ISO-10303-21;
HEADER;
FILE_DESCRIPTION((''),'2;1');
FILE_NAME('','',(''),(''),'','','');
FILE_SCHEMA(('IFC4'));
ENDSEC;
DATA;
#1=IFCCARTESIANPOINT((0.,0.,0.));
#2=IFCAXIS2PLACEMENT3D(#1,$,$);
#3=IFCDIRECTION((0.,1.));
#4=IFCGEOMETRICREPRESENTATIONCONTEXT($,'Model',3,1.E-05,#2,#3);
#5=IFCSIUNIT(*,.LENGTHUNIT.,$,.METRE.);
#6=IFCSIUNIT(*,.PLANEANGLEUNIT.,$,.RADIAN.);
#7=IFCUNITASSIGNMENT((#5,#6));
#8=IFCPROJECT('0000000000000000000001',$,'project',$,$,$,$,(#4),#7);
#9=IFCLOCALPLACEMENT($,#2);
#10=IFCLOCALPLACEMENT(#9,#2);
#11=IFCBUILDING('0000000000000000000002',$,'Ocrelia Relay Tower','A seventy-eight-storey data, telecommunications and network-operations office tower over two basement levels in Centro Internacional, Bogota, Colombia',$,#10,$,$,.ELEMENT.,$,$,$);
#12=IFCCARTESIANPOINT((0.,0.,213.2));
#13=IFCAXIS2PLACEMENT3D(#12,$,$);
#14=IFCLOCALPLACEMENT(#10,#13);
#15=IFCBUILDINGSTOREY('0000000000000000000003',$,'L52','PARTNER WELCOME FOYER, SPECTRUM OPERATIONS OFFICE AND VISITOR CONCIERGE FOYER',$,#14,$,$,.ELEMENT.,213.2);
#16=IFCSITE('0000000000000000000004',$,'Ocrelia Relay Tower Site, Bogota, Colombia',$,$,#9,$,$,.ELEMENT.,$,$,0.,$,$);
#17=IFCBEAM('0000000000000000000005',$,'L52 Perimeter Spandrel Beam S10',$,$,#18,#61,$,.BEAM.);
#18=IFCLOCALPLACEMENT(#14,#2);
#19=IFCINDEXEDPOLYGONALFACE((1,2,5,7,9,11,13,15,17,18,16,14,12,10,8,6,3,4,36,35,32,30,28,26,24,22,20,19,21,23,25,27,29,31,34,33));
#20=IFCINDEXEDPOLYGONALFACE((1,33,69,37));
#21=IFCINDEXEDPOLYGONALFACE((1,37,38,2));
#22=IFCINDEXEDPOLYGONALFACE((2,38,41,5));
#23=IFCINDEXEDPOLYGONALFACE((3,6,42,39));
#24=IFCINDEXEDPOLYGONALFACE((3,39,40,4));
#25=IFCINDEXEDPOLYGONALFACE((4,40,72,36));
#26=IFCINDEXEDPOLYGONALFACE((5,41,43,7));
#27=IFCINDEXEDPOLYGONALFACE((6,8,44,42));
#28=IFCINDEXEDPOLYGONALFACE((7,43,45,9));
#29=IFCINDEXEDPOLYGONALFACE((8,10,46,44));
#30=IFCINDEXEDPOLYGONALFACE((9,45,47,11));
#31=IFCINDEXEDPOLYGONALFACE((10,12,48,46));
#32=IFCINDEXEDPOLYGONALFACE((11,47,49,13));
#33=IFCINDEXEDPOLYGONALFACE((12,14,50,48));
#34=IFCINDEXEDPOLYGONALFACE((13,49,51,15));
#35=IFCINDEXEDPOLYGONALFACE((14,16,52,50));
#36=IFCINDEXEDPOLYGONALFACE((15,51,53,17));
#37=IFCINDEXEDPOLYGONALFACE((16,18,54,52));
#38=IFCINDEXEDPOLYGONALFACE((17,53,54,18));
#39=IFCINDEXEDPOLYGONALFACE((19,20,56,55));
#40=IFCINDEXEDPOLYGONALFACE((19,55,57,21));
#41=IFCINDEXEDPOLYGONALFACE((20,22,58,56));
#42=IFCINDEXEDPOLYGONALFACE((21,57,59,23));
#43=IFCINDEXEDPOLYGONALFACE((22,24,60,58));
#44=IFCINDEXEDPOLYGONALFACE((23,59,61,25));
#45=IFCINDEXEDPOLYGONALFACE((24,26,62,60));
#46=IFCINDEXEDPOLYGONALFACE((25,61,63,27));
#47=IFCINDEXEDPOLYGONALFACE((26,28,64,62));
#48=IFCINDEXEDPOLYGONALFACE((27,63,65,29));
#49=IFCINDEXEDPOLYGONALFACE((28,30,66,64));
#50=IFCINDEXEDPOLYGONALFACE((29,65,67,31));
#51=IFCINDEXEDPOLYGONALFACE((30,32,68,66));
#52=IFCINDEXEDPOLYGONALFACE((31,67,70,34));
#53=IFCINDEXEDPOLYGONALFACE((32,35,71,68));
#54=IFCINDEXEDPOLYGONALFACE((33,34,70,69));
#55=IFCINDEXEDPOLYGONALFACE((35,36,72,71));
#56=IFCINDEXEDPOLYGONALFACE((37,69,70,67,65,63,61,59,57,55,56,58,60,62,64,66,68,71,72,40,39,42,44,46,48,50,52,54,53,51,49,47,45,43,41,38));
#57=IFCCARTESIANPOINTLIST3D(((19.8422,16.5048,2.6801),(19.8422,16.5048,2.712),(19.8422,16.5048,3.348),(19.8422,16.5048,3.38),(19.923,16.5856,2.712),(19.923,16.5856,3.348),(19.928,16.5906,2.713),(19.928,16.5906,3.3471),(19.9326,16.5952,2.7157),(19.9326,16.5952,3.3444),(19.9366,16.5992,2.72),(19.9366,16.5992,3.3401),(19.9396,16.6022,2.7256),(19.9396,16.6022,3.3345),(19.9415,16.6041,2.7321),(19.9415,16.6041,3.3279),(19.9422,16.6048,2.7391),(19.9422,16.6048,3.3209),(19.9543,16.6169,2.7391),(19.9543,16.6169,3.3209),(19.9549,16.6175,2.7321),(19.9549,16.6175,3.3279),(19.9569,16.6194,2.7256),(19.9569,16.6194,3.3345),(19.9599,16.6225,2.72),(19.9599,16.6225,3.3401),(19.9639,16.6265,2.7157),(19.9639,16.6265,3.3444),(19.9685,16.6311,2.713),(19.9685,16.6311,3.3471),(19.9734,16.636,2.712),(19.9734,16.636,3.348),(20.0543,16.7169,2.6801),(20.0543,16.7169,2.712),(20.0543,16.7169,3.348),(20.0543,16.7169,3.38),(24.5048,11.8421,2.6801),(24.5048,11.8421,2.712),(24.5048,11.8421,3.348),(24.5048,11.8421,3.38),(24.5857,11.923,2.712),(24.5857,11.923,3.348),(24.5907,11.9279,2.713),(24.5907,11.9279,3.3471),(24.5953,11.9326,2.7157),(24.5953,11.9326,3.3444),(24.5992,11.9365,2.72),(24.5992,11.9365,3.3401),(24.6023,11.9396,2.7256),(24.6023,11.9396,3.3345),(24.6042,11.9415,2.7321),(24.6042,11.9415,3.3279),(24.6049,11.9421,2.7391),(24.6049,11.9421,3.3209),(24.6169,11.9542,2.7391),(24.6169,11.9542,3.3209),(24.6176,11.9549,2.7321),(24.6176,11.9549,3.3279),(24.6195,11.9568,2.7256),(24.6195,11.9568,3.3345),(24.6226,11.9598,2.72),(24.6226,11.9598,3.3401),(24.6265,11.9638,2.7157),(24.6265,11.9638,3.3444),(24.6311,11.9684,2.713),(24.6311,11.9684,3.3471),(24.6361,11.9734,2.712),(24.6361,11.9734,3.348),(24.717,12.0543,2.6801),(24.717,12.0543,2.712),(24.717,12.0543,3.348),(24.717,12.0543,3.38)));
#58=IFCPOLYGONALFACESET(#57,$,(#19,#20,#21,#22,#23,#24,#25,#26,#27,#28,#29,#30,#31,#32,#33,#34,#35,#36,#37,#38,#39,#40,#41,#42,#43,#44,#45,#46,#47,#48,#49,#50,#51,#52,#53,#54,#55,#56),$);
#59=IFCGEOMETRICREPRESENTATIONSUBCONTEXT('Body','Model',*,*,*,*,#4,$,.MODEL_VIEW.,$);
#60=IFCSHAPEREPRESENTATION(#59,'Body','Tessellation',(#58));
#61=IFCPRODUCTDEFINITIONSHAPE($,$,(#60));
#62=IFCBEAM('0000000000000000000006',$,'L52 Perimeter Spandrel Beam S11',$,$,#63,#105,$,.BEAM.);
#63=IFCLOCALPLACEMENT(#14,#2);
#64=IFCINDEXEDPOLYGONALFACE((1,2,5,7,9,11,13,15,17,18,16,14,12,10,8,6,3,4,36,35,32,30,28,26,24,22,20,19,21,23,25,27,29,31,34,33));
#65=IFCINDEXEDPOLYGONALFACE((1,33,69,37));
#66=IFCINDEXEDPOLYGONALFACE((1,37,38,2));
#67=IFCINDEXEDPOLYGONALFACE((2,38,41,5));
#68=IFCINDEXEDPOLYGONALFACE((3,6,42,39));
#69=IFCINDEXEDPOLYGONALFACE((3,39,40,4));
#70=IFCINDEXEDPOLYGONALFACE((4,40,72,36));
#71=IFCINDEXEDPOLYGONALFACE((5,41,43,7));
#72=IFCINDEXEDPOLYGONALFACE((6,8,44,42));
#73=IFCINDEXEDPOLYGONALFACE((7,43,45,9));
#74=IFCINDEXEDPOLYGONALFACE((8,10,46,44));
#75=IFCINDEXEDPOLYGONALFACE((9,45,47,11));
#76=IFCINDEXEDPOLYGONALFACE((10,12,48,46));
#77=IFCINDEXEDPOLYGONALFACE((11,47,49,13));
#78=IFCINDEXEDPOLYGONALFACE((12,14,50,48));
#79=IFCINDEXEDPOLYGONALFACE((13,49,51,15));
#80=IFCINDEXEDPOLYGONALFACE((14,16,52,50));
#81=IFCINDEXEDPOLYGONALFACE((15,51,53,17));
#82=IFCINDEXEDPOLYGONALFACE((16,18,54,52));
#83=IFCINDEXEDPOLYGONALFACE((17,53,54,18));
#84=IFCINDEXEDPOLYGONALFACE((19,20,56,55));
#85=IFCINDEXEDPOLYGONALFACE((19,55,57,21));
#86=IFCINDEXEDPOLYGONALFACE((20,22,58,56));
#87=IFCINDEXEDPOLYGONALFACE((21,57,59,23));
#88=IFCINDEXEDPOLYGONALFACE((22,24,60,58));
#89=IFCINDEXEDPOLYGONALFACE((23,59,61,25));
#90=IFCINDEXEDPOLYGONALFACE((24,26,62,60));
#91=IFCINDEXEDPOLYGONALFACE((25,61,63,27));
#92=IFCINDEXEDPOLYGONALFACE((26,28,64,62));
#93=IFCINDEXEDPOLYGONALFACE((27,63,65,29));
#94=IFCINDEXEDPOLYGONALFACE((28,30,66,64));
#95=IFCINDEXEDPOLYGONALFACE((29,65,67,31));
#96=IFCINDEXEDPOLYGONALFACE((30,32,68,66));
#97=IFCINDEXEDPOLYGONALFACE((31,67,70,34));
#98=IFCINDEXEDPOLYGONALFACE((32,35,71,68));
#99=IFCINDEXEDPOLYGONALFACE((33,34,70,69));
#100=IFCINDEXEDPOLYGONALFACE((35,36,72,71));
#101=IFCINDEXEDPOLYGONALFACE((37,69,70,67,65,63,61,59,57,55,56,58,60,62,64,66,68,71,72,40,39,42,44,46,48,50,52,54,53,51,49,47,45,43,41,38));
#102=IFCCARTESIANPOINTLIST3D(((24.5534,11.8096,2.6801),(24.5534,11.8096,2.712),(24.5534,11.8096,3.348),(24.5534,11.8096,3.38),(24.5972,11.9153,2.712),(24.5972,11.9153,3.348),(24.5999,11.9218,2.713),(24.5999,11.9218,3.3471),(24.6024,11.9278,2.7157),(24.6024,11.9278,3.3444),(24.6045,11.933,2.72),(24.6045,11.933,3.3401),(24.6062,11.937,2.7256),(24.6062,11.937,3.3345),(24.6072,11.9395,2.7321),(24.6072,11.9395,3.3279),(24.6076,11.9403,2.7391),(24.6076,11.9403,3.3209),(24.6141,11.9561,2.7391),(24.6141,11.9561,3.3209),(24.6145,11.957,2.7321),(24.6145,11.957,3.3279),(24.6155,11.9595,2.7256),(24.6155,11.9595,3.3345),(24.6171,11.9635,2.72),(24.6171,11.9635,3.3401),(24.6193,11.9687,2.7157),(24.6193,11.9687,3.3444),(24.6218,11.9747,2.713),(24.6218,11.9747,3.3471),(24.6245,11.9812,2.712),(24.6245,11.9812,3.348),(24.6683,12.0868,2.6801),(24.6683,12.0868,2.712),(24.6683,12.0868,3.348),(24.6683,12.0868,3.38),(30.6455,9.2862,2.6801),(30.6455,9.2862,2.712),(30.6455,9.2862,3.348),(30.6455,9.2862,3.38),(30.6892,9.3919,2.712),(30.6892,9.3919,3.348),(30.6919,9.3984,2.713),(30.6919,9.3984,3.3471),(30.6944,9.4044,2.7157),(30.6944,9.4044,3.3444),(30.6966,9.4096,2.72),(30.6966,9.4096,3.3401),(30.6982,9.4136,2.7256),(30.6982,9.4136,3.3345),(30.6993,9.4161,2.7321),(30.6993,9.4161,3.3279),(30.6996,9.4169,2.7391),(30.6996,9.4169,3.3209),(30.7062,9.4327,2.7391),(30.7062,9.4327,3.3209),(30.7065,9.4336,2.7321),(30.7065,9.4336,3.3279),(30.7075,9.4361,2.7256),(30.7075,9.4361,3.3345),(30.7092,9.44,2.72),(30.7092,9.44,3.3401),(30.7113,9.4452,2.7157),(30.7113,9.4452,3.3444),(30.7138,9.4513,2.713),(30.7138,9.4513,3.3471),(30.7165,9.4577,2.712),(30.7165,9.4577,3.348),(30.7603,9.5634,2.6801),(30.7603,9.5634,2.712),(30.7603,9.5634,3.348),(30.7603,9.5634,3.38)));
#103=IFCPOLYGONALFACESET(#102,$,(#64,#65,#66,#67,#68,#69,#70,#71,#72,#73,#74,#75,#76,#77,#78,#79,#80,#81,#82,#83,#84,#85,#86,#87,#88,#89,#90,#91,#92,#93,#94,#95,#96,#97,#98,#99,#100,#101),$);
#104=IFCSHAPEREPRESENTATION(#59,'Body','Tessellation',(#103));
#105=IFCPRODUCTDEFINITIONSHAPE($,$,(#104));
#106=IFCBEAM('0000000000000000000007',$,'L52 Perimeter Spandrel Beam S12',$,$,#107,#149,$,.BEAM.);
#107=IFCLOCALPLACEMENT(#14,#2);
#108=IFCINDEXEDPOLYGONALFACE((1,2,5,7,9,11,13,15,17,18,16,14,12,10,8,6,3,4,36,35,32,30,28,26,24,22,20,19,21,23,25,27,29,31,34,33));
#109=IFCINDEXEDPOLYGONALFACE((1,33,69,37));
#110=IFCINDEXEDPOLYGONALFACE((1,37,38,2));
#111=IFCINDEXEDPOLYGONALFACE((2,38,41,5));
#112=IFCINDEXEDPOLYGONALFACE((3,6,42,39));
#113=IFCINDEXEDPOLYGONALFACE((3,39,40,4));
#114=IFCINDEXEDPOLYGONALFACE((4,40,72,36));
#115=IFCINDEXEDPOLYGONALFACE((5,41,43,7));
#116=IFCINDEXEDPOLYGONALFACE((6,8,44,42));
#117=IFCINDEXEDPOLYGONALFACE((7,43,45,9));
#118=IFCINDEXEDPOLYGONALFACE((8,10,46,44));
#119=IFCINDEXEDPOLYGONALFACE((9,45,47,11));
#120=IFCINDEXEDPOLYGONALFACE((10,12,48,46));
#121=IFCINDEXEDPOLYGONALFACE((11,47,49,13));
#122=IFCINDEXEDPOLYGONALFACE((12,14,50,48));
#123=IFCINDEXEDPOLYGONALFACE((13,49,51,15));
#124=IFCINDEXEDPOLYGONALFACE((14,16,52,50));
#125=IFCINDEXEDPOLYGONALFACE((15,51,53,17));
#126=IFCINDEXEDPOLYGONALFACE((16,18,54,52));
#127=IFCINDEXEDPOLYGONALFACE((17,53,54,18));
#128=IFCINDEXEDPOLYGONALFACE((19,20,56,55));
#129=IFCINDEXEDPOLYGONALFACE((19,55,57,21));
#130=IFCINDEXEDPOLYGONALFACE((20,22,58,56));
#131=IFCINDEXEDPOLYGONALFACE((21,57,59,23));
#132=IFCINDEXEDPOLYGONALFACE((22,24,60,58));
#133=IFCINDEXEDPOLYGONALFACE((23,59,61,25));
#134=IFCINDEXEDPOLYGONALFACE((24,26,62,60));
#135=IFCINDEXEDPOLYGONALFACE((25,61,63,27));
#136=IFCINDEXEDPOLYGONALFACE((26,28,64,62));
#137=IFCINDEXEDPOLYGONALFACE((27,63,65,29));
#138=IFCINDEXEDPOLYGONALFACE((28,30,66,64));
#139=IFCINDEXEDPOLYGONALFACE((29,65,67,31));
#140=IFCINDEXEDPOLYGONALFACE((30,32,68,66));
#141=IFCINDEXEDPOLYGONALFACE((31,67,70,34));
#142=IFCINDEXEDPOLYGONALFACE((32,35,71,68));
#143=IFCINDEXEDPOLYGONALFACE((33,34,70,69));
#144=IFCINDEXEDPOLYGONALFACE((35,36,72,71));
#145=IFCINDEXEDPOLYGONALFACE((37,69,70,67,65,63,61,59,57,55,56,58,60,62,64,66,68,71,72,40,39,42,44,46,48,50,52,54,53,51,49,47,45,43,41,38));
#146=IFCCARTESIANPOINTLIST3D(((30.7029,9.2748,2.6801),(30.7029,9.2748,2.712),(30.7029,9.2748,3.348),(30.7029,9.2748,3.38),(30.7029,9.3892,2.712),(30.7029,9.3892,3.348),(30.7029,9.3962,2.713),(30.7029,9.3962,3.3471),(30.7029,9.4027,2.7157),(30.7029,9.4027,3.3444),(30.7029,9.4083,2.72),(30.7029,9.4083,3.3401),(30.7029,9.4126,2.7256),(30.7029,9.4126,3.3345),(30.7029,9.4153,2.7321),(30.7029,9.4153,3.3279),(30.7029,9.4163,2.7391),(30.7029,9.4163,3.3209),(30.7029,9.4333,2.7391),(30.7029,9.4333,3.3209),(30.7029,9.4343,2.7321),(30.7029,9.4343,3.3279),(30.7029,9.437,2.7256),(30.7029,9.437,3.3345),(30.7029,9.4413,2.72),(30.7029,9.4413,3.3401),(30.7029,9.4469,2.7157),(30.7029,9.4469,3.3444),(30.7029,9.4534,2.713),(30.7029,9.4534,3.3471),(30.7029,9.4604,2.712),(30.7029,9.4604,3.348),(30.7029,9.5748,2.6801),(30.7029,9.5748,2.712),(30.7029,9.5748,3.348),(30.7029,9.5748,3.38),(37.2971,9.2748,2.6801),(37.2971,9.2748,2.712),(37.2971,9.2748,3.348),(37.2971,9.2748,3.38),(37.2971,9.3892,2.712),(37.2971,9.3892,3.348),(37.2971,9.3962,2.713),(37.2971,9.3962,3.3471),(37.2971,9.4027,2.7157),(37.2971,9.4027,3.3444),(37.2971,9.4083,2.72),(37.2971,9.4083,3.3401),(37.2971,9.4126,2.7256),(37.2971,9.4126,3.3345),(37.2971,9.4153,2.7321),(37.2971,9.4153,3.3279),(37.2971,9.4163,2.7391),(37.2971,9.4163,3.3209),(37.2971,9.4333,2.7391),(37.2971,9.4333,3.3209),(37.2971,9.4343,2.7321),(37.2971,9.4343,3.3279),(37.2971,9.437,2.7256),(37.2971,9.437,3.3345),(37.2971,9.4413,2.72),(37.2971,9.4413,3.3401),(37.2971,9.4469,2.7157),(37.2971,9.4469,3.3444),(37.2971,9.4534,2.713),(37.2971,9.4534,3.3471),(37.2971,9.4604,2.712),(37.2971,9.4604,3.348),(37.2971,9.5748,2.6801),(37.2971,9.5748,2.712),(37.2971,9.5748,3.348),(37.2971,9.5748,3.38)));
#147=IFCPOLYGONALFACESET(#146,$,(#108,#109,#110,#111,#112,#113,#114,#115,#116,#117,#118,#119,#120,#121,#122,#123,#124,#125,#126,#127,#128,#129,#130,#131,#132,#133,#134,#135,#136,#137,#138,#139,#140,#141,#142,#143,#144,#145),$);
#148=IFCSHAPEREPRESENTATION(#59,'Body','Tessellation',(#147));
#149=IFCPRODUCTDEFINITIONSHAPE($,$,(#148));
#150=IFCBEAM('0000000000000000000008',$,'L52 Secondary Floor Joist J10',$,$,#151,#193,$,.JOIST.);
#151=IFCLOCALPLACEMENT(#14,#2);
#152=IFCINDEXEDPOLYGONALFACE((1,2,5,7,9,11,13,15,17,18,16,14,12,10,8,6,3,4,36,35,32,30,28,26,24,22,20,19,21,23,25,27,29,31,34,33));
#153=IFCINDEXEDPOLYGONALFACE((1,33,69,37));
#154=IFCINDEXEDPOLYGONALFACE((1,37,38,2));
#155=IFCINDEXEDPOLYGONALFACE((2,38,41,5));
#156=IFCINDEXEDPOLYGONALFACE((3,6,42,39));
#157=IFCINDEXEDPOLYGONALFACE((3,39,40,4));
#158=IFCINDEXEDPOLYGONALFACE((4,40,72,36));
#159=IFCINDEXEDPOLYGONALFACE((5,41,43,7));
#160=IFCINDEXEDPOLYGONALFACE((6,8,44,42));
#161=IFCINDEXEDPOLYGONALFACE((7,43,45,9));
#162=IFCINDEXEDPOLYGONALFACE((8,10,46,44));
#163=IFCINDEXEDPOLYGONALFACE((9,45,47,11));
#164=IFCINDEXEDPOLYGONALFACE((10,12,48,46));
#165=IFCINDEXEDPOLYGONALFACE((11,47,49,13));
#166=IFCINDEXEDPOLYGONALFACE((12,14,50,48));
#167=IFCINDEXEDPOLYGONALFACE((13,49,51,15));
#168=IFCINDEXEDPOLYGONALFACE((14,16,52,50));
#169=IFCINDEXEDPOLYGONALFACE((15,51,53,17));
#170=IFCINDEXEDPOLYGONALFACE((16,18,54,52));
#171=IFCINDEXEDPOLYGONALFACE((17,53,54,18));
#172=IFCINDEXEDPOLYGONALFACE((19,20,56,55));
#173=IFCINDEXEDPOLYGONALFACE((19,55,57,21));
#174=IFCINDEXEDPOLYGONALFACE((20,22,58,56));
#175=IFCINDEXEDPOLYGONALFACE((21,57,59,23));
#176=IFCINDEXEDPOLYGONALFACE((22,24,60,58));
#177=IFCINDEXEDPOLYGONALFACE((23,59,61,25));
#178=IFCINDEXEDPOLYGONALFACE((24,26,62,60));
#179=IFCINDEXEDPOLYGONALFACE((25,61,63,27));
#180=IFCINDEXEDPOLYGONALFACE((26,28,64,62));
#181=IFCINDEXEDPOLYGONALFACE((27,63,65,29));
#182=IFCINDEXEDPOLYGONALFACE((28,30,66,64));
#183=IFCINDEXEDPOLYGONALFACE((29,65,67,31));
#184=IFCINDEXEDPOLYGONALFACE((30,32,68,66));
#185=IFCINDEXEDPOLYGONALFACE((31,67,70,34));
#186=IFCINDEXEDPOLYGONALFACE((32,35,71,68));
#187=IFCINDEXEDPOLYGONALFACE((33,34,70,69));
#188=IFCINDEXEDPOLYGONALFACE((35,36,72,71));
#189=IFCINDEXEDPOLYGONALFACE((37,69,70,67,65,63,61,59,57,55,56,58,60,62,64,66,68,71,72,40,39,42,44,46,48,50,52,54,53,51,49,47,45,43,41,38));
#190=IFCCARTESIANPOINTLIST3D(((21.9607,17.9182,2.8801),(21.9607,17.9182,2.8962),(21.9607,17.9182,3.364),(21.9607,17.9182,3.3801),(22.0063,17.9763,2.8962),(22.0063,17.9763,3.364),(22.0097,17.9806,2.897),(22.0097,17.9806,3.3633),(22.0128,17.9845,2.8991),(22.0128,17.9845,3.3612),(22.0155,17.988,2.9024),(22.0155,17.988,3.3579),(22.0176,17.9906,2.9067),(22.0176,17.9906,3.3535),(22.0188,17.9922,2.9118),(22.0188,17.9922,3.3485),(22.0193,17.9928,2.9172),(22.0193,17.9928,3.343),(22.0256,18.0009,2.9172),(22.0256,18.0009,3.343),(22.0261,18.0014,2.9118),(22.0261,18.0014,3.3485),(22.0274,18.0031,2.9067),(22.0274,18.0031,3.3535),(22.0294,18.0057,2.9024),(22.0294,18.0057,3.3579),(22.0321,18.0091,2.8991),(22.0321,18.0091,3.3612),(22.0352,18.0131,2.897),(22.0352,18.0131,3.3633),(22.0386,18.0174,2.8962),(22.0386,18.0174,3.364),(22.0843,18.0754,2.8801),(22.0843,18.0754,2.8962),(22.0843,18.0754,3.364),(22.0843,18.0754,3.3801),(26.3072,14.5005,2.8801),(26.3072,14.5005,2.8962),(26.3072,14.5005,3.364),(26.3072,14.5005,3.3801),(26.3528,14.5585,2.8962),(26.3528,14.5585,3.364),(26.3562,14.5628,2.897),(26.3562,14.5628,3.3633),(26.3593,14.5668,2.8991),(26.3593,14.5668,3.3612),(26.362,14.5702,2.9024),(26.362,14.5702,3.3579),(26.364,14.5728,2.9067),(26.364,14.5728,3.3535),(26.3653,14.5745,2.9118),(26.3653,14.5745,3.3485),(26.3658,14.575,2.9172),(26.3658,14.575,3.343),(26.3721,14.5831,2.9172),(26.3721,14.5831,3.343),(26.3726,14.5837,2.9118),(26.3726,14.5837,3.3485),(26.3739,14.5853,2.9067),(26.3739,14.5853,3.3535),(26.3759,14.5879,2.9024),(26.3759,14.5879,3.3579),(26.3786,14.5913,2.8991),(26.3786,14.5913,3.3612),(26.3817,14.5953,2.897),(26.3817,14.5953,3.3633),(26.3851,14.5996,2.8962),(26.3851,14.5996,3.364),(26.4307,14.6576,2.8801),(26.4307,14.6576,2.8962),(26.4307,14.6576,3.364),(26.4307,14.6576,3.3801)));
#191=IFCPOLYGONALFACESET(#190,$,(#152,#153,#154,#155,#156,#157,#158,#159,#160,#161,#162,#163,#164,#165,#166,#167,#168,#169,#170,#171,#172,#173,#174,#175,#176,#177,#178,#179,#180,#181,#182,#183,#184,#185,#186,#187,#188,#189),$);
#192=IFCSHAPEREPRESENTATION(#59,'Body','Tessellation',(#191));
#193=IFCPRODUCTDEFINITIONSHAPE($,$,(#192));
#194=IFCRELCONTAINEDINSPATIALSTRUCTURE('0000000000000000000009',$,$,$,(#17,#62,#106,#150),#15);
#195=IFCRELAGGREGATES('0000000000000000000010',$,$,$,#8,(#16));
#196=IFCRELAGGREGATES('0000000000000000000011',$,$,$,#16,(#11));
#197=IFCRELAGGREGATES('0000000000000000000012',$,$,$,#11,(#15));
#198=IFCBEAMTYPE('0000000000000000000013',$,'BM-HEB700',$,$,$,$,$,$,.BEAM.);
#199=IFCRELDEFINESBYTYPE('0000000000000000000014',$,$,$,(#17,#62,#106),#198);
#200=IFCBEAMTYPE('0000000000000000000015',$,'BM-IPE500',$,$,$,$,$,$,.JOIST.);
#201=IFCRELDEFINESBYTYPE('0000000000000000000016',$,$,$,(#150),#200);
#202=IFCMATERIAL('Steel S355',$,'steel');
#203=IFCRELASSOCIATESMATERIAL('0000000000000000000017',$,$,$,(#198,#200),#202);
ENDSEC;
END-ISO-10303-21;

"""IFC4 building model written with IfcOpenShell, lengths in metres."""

from ifc_helpers import new_model, si_unit, direction, frame, origin, origin_2d, place, context, subcontext, project, spatial, i_section, extrude, material, material_profile, profile_set, type_object, element, save


model = new_model("IFC4")

# Units and contexts
model_context = context("Model", 3, precision=1e-05, world=origin(), true_north=direction((0.0, 1.0)))
body_context = subcontext(model_context, "Body", "Model", "MODEL_VIEW")
ifc_project = project(units=[si_unit("LENGTHUNIT", "METRE"), si_unit("PLANEANGLEUNIT", "RADIAN")], contexts=[model_context])

# Site, building, storey
site_placement = place(None, origin())
site = spatial("IfcSite", under=ifc_project, at=site_placement, Name="Ocrelia Relay Tower Site, Bogota, Colombia", CompositionType="ELEMENT", RefElevation=0.0)
building_placement = place(site_placement, origin())
building = spatial("IfcBuilding", under=site, at=building_placement, Name="Ocrelia Relay Tower", Description="A seventy-eight-storey data, telecommunications and network-operations office tower over two basement levels in Centro Internacional, Bogota, Colombia", CompositionType="ELEMENT")
storey_placement = place(building_placement, frame((0.0, 0.0, 213.2)))
storey = spatial("IfcBuildingStorey", under=building, at=storey_placement, Name="L52", Description="PARTNER WELCOME FOYER, SPECTRUM OPERATIONS OFFICE AND VISITOR CONCIERGE FOYER", CompositionType="ELEMENT", Elevation=213.2)

# Beams
ifc_material_1 = material(Name="Steel S355", Category="steel")
ifc_material_profile_1 = material_profile(ifc_material_1, i_section(OverallWidth=0.3, OverallDepth=0.7, WebThickness=0.0171, FlangeThickness=0.032, FilletRadius=0.0271, at=origin_2d()), Name="HEB 700")
ifc_profile_set_1 = profile_set([ifc_material_profile_1], Name="Steel S355")
beam_type_1 = type_object("IfcBeamType", Name="BM-HEB700", PredefinedType="BEAM", material=ifc_profile_set_1)
for number, where, z_axis, x_axis, name in (
    (1, (19.9482, 16.6108, 3.03), (0.707107, -0.707107, 0.0), (0.707107, 0.707107, 0.0), "L52 Perimeter Spandrel Beam S10"),
    (2, (24.6108, 11.9482, 3.03), (0.923878, -0.382688, 0.0), (0.382688, 0.923878, 0.0), "L52 Perimeter Spandrel Beam S11"),
):
    element("IfcBeam", number, at=place(storey_placement, frame(where, z_axis=z_axis, x_axis=x_axis)), inside=storey, type_object=beam_type_1, Name=name, PredefinedType="BEAM", context=body_context, shape_type="SweptSolid", body=[
        extrude(i_section(OverallWidth=0.3, OverallDepth=0.7, WebThickness=0.0171, FlangeThickness=0.032, FilletRadius=0.0271, at=origin_2d()), origin(), (0.0, 0.0, 1.0), 6.594),
    ])
beam_1_placement = place(storey_placement, frame((30.7029, 9.4248, 3.03), z_axis=(1.0, 0.0, 0.0), x_axis=(0.0, 1.0, 0.0)))
element("IfcBeam", 3, at=beam_1_placement, inside=storey, type_object=beam_type_1, Name="L52 Perimeter Spandrel Beam S12", PredefinedType="BEAM", context=body_context, shape_type="SweptSolid", body=[
    extrude(i_section(OverallWidth=0.3, OverallDepth=0.7, WebThickness=0.0171, FlangeThickness=0.032, FilletRadius=0.0271, at=origin_2d()), origin(), (0.0, 0.0, 1.0), 6.5942),
])
ifc_material_profile_2 = material_profile(ifc_material_1, i_section(OverallWidth=0.2, OverallDepth=0.5, WebThickness=0.0103, FlangeThickness=0.0161, FilletRadius=0.021, at=origin_2d()), Name="IPE 500")
ifc_profile_set_2 = profile_set([ifc_material_profile_2], Name="Steel S355")
beam_type_2 = type_object("IfcBeamType", Name="BM-IPE500", PredefinedType="JOIST", material=ifc_profile_set_2)
beam_2_placement = place(storey_placement, frame((22.0225, 17.9968, 3.1301), z_axis=(0.786084, -0.61812, 0.0), x_axis=(0.61812, 0.786084, 0.0)))
element("IfcBeam", 4, at=beam_2_placement, inside=storey, type_object=beam_type_2, Name="L52 Secondary Floor Joist J10", PredefinedType="JOIST", context=body_context, shape_type="SweptSolid", body=[
    extrude(i_section(OverallWidth=0.2, OverallDepth=0.5, WebThickness=0.0103, FlangeThickness=0.0161, FilletRadius=0.021, at=origin_2d()), origin(), (0.0, 0.0, 1.0), 5.5293),
])

save(model, "model.ifc")
